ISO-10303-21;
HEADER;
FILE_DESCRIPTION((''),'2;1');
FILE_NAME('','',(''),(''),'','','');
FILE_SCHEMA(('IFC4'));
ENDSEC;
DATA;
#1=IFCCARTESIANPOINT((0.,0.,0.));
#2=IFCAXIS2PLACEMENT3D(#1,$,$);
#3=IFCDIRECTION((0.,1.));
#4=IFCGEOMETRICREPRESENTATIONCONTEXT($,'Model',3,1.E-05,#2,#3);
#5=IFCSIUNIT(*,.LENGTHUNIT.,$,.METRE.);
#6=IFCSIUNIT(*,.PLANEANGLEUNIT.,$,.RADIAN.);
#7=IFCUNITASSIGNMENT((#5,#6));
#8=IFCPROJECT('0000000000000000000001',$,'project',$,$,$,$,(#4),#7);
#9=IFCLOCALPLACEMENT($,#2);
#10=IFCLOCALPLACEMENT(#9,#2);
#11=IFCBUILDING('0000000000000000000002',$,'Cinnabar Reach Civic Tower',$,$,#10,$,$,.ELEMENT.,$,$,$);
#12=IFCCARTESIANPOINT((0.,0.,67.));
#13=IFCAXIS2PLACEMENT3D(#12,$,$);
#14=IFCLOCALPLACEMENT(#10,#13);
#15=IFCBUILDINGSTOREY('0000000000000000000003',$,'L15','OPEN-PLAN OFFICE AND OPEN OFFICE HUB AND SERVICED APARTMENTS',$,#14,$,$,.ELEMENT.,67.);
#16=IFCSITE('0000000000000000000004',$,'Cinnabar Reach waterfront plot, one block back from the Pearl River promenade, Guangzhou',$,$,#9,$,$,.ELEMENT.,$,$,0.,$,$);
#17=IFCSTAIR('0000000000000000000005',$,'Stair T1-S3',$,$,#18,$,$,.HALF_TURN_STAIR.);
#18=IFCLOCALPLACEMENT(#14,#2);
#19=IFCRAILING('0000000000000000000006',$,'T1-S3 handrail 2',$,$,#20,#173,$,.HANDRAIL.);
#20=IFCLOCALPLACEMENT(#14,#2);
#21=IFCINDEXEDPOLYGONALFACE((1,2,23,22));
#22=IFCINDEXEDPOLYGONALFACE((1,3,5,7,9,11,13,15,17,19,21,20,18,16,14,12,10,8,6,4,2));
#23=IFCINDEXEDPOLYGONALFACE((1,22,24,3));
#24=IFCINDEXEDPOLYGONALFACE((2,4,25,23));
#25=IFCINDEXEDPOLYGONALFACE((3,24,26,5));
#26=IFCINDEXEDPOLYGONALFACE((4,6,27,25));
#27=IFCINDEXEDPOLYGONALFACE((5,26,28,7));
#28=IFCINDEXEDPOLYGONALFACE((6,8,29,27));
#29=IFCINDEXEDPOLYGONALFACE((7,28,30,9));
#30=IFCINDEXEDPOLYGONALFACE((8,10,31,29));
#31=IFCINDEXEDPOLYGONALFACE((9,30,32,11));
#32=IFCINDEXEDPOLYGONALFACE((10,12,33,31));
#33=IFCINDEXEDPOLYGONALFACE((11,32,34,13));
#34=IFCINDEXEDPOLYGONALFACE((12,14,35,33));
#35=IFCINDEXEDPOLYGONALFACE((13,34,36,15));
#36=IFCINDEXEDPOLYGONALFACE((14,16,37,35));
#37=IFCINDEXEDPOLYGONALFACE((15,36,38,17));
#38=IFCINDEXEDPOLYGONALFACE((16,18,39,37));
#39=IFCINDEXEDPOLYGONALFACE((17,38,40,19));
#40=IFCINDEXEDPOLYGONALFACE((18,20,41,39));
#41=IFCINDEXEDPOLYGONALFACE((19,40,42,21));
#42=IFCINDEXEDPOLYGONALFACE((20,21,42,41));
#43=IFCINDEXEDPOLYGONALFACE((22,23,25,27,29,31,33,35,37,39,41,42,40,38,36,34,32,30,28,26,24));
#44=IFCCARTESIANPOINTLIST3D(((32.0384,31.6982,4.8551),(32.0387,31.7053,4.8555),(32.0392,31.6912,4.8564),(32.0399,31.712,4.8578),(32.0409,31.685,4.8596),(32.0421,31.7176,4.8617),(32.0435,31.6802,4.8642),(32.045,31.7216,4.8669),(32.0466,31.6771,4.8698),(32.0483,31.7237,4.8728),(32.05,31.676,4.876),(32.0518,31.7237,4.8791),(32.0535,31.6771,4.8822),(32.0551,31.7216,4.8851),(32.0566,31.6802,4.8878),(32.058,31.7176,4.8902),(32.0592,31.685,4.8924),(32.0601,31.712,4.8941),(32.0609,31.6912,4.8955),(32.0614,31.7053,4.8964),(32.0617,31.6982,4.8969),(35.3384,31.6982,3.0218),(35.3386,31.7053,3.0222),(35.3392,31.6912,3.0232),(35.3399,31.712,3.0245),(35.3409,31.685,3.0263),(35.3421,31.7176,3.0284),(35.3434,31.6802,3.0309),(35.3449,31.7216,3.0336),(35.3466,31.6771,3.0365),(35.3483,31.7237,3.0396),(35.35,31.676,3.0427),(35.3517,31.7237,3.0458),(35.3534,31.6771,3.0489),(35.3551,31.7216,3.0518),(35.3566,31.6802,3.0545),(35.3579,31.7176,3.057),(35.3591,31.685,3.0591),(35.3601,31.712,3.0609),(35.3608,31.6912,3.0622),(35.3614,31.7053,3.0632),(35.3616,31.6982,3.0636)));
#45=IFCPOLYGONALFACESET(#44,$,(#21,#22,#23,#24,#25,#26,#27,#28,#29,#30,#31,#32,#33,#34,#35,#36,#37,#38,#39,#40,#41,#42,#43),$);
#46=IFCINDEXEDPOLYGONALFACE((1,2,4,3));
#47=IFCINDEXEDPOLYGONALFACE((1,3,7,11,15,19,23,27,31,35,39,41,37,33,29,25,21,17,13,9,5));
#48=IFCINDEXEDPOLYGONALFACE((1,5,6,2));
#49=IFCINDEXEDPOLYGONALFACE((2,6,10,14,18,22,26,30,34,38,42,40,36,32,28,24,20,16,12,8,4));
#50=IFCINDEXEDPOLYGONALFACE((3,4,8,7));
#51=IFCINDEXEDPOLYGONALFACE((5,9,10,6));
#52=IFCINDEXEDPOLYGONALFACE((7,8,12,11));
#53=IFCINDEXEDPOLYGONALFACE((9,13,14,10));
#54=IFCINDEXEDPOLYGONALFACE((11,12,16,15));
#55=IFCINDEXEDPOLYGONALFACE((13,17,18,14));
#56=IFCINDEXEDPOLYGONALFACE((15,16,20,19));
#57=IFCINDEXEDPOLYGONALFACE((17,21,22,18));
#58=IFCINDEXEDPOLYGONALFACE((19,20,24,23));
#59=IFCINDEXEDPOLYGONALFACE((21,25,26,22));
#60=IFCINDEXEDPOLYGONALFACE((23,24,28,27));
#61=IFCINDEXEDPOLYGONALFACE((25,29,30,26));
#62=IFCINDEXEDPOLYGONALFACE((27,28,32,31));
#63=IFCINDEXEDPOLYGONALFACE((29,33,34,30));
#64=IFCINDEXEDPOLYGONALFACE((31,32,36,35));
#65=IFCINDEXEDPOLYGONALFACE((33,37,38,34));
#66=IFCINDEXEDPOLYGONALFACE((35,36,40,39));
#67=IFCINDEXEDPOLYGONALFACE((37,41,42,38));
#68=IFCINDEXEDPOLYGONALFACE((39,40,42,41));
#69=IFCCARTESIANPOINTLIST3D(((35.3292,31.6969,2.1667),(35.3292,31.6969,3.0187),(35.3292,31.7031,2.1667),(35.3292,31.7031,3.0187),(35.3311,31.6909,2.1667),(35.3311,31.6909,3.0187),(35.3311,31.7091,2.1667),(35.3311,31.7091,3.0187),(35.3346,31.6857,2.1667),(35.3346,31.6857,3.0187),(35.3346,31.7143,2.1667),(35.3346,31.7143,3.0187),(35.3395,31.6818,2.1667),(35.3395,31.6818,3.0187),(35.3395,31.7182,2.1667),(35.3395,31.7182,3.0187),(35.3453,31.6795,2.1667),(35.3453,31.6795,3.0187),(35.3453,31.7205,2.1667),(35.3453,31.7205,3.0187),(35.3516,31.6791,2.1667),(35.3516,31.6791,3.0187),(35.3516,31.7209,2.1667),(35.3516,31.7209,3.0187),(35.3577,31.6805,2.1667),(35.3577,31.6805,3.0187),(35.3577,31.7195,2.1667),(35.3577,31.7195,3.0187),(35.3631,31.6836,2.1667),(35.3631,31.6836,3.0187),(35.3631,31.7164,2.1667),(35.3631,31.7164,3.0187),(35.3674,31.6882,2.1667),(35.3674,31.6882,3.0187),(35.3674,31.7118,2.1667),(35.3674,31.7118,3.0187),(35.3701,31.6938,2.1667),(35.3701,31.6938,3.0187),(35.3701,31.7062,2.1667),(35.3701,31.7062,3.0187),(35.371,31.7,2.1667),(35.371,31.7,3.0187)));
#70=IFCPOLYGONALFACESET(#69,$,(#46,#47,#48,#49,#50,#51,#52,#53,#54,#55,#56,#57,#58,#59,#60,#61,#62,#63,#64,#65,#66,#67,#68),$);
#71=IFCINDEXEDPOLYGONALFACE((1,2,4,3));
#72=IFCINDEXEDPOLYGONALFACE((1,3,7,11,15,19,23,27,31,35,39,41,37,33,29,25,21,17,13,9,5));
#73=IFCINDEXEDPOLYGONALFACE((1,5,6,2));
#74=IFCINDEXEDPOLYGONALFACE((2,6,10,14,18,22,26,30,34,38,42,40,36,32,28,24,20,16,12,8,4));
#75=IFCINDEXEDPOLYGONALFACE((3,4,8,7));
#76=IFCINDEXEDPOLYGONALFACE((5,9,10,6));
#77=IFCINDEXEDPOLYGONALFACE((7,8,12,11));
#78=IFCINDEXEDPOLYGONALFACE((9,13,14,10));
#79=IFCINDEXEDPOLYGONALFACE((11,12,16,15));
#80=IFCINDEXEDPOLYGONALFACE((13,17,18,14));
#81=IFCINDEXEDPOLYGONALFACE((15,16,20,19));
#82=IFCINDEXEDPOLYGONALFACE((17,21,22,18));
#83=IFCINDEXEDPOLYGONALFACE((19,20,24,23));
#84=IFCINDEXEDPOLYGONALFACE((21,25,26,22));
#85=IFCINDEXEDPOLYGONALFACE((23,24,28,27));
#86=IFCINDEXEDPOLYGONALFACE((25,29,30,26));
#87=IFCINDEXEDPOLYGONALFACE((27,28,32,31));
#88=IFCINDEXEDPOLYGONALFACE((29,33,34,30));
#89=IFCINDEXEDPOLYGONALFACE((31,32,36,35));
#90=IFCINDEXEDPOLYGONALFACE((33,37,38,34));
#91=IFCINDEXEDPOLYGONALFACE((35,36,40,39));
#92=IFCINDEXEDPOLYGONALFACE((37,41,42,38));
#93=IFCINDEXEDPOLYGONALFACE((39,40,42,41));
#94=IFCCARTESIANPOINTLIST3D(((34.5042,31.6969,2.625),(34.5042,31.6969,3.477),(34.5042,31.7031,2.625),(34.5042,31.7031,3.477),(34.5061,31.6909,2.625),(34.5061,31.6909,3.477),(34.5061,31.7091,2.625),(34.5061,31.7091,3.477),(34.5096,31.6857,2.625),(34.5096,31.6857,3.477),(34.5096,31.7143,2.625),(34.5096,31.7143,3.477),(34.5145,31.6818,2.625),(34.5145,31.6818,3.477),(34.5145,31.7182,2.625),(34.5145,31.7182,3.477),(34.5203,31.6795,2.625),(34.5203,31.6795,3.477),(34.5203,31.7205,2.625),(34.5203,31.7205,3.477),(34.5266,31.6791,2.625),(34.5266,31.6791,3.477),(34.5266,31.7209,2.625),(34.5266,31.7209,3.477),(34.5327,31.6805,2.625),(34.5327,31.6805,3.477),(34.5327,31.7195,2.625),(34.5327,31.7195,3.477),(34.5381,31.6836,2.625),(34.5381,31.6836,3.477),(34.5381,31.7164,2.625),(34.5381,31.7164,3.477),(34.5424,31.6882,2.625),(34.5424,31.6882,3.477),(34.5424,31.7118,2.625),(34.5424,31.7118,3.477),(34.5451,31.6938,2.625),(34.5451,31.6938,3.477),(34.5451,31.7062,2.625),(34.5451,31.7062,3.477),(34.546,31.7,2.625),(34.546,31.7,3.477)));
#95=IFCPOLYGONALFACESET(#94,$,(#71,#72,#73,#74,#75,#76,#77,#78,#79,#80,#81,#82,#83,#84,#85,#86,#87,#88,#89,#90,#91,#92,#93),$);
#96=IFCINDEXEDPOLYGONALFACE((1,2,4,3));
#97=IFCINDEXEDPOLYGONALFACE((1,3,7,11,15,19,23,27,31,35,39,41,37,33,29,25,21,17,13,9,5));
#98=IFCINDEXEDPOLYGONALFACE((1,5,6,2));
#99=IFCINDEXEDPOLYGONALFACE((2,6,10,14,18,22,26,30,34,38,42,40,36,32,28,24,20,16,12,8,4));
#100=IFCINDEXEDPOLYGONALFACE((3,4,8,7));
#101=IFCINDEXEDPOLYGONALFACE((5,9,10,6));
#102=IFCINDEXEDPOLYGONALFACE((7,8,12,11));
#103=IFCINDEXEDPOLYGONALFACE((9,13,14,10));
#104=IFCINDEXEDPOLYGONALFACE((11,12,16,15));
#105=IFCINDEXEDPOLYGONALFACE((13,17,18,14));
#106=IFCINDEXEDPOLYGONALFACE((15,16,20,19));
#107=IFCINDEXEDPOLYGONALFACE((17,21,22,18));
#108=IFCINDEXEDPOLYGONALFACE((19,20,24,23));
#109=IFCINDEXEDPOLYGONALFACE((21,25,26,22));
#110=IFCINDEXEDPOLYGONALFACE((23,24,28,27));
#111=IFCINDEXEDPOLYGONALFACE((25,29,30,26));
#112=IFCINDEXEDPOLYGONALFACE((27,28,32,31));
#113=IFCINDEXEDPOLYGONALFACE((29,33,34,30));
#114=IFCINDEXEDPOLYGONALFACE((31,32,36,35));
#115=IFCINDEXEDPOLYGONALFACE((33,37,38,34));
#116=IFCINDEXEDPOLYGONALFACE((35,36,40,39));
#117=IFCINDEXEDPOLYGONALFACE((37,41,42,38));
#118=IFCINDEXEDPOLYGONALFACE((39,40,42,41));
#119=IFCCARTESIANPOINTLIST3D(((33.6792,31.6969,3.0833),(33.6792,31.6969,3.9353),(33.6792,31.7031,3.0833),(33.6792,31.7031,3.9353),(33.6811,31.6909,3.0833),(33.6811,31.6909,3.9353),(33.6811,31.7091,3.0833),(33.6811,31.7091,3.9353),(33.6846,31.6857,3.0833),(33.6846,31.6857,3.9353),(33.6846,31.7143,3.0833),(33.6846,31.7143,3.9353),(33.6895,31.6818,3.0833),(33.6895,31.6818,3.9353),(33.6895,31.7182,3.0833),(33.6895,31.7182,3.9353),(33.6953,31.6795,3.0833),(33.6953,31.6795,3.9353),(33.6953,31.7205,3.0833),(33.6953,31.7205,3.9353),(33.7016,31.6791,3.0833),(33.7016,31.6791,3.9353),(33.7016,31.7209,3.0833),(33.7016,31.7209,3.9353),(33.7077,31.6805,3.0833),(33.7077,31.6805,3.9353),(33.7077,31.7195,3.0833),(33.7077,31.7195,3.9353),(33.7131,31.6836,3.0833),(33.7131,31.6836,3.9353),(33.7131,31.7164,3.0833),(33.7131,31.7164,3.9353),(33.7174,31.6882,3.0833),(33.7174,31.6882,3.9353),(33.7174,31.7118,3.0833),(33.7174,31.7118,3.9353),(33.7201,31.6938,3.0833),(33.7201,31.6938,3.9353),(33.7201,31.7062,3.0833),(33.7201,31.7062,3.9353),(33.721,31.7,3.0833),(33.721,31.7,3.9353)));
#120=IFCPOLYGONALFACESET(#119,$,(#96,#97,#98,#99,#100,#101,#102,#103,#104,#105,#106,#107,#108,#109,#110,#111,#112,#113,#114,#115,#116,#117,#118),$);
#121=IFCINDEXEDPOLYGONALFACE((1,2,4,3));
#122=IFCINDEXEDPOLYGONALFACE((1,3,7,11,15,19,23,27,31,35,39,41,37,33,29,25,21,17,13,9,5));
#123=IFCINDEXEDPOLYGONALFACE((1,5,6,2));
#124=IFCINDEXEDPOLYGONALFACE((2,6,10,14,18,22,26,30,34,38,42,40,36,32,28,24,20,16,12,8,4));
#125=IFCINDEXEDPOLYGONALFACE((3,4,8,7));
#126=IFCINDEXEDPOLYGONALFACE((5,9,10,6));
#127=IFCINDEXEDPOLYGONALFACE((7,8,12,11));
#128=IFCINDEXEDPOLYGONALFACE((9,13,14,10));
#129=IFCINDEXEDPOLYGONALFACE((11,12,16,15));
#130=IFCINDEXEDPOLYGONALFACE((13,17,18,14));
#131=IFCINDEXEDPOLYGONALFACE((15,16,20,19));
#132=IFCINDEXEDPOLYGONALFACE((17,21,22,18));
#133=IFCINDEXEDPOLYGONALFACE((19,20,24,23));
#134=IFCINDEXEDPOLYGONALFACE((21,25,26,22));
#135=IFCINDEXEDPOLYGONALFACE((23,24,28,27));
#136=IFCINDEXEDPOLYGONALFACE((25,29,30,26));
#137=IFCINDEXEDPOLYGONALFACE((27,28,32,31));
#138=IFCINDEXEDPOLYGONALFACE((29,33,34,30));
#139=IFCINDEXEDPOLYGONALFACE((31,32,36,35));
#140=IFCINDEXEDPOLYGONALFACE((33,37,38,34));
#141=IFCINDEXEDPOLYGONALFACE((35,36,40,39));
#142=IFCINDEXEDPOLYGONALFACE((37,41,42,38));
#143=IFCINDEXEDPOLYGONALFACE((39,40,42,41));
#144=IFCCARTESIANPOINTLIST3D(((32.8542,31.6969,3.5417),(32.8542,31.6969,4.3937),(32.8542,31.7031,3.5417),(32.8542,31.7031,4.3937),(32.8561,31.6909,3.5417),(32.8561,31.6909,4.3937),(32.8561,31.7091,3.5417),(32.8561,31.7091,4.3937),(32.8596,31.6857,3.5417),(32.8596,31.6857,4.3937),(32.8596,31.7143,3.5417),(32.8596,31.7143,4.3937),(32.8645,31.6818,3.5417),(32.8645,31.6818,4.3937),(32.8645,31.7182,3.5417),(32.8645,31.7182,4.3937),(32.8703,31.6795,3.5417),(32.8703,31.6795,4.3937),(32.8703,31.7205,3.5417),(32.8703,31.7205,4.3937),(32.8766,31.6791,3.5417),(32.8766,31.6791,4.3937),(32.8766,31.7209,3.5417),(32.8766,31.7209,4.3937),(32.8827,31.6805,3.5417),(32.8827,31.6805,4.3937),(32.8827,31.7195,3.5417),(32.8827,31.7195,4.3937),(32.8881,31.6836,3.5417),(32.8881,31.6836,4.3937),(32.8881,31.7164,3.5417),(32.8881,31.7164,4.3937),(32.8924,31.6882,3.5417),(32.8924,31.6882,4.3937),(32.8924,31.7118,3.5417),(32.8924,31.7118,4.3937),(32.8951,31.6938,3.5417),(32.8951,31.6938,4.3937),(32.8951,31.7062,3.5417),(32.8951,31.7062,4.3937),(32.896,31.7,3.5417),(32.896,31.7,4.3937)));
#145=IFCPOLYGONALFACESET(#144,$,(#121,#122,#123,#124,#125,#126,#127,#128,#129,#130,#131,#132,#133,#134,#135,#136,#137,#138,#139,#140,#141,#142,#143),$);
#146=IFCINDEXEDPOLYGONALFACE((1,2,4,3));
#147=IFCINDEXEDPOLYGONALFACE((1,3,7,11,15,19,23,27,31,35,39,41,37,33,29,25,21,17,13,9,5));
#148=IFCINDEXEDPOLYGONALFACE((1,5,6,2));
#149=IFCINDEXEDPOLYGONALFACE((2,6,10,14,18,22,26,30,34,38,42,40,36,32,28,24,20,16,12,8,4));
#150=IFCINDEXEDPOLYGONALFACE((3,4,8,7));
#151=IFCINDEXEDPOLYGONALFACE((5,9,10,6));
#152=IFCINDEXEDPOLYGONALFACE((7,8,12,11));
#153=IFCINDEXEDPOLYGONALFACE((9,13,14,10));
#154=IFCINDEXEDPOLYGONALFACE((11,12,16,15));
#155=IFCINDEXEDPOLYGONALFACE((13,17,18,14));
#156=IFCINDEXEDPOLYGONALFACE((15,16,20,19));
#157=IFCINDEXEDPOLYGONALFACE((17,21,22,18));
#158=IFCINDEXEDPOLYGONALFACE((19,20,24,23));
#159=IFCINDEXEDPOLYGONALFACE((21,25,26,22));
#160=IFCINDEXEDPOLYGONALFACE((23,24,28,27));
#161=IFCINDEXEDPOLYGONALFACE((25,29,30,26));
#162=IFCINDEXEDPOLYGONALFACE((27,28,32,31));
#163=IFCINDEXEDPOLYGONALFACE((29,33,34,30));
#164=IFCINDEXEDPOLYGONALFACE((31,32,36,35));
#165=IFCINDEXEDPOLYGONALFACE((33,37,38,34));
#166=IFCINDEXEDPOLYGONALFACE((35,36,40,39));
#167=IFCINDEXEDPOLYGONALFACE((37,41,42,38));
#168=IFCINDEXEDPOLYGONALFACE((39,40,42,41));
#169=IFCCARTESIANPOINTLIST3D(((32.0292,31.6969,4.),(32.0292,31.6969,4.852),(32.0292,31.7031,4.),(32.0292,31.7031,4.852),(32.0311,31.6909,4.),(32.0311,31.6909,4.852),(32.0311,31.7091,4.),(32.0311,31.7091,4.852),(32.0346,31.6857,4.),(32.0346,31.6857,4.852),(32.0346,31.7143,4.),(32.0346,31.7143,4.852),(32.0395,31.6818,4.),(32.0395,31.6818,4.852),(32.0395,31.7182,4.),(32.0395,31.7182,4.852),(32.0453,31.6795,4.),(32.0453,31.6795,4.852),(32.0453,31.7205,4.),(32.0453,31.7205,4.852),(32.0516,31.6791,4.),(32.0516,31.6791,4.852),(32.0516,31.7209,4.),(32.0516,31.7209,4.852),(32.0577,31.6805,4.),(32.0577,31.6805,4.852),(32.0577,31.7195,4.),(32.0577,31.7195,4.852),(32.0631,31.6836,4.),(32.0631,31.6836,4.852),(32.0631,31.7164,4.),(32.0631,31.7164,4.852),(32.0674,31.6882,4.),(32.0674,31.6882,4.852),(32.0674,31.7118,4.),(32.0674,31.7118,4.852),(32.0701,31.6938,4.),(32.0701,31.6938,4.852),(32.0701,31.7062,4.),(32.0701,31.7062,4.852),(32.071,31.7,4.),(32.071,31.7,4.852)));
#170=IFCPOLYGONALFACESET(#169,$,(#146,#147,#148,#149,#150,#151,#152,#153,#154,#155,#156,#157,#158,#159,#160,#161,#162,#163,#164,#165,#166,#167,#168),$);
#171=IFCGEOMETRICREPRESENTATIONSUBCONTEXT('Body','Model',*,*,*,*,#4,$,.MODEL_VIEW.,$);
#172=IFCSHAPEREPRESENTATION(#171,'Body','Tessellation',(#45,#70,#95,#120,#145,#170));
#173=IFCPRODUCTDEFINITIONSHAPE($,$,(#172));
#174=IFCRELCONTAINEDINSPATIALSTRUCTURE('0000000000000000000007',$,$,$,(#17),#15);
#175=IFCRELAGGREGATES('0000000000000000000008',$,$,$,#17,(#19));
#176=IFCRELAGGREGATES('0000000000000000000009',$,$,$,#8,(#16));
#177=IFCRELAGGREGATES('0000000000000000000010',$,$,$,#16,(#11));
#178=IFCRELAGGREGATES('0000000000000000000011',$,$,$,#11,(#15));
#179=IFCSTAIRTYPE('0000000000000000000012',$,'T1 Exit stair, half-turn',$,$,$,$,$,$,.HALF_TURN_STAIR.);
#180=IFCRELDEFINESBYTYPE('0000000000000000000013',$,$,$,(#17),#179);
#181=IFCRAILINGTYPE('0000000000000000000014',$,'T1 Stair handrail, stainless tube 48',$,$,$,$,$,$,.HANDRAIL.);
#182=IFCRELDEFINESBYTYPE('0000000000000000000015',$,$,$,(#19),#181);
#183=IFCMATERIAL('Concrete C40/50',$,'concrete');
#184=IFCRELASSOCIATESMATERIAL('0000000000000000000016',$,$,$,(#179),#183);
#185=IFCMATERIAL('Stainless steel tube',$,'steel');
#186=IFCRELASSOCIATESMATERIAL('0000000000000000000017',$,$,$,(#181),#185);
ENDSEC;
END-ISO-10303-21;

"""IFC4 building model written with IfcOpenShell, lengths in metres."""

from ifc_helpers import new_model, si_unit, direction, frame, origin, origin_2d, place, context, subcontext, project, spatial, circle, extrude, material, type_object, element, aggregate, save


model = new_model("IFC4")

# Units and contexts
model_context = context("Model", 3, precision=1e-05, world=origin(), true_north=direction((0.0, 1.0)))
body_context = subcontext(model_context, "Body", "Model", "MODEL_VIEW")
ifc_project = project(units=[si_unit("LENGTHUNIT", "METRE"), si_unit("PLANEANGLEUNIT", "RADIAN")], contexts=[model_context])

# Site, building, storey
site_placement = place(None, origin())
site = spatial("IfcSite", under=ifc_project, at=site_placement, Name="Cinnabar Reach waterfront plot, one block back from the Pearl River promenade, Guangzhou", CompositionType="ELEMENT", RefElevation=0.0)
building_placement = place(site_placement, origin())
building = spatial("IfcBuilding", under=site, at=building_placement, Name="Cinnabar Reach Civic Tower", CompositionType="ELEMENT")
storey_placement = place(building_placement, frame((0.0, 0.0, 67.0)))
storey = spatial("IfcBuildingStorey", under=building, at=storey_placement, Name="L15", Description="OPEN-PLAN OFFICE AND OPEN OFFICE HUB AND SERVICED APARTMENTS", CompositionType="ELEMENT", Elevation=67.0)

# Stair, railing
ifc_material_1 = material(Name="Concrete C40/50", Category="concrete")
stair_type = type_object("IfcStairType", Name="T1 Exit stair, half-turn", PredefinedType="HALF_TURN_STAIR", material=ifc_material_1)
stair_placement = place(storey_placement, origin())
stair = element("IfcStair", 1, at=stair_placement, inside=storey, type_object=stair_type, Name="Stair T1-S3", PredefinedType="HALF_TURN_STAIR")
ifc_material_2 = material(Name="Stainless steel tube", Category="steel")
railing_type = type_object("IfcRailingType", Name="T1 Stair handrail, stainless tube 48", PredefinedType="HANDRAIL", material=ifc_material_2)
railing_1_placement = place(storey_placement, frame((35.35, 31.7, 2.1667)))
railing_1 = element("IfcRailing", 2, at=railing_1_placement, type_object=railing_type, Name="T1-S3 handrail 2", PredefinedType="HANDRAIL", context=body_context, shape_type="SweptSolid", body=[
    extrude(circle(Radius=0.024, at=origin_2d()), frame((0.0, 0.0, 0.876), z_axis=(-0.874161, 0.0, 0.485636), x_axis=(0.0, -1.0, 0.0)), (0.0, 0.0, 1.0), 3.775),
    extrude(circle(Radius=0.021, at=origin_2d()), origin(), (0.0, 0.0, 1.0), 0.852),
    extrude(circle(Radius=0.021, at=origin_2d()), frame((-0.825, 0.0, 0.4583)), (0.0, 0.0, 1.0), 0.852),
    extrude(circle(Radius=0.021, at=origin_2d()), frame((-1.65, 0.0, 0.9166)), (0.0, 0.0, 1.0), 0.852),
    extrude(circle(Radius=0.021, at=origin_2d()), frame((-2.475, 0.0, 1.375)), (0.0, 0.0, 1.0), 0.852),
    extrude(circle(Radius=0.021, at=origin_2d()), frame((-3.3, 0.0, 1.8333)), (0.0, 0.0, 1.0), 0.852),
])
aggregate(stair, [railing_1])

save(model, "model.ifc")
